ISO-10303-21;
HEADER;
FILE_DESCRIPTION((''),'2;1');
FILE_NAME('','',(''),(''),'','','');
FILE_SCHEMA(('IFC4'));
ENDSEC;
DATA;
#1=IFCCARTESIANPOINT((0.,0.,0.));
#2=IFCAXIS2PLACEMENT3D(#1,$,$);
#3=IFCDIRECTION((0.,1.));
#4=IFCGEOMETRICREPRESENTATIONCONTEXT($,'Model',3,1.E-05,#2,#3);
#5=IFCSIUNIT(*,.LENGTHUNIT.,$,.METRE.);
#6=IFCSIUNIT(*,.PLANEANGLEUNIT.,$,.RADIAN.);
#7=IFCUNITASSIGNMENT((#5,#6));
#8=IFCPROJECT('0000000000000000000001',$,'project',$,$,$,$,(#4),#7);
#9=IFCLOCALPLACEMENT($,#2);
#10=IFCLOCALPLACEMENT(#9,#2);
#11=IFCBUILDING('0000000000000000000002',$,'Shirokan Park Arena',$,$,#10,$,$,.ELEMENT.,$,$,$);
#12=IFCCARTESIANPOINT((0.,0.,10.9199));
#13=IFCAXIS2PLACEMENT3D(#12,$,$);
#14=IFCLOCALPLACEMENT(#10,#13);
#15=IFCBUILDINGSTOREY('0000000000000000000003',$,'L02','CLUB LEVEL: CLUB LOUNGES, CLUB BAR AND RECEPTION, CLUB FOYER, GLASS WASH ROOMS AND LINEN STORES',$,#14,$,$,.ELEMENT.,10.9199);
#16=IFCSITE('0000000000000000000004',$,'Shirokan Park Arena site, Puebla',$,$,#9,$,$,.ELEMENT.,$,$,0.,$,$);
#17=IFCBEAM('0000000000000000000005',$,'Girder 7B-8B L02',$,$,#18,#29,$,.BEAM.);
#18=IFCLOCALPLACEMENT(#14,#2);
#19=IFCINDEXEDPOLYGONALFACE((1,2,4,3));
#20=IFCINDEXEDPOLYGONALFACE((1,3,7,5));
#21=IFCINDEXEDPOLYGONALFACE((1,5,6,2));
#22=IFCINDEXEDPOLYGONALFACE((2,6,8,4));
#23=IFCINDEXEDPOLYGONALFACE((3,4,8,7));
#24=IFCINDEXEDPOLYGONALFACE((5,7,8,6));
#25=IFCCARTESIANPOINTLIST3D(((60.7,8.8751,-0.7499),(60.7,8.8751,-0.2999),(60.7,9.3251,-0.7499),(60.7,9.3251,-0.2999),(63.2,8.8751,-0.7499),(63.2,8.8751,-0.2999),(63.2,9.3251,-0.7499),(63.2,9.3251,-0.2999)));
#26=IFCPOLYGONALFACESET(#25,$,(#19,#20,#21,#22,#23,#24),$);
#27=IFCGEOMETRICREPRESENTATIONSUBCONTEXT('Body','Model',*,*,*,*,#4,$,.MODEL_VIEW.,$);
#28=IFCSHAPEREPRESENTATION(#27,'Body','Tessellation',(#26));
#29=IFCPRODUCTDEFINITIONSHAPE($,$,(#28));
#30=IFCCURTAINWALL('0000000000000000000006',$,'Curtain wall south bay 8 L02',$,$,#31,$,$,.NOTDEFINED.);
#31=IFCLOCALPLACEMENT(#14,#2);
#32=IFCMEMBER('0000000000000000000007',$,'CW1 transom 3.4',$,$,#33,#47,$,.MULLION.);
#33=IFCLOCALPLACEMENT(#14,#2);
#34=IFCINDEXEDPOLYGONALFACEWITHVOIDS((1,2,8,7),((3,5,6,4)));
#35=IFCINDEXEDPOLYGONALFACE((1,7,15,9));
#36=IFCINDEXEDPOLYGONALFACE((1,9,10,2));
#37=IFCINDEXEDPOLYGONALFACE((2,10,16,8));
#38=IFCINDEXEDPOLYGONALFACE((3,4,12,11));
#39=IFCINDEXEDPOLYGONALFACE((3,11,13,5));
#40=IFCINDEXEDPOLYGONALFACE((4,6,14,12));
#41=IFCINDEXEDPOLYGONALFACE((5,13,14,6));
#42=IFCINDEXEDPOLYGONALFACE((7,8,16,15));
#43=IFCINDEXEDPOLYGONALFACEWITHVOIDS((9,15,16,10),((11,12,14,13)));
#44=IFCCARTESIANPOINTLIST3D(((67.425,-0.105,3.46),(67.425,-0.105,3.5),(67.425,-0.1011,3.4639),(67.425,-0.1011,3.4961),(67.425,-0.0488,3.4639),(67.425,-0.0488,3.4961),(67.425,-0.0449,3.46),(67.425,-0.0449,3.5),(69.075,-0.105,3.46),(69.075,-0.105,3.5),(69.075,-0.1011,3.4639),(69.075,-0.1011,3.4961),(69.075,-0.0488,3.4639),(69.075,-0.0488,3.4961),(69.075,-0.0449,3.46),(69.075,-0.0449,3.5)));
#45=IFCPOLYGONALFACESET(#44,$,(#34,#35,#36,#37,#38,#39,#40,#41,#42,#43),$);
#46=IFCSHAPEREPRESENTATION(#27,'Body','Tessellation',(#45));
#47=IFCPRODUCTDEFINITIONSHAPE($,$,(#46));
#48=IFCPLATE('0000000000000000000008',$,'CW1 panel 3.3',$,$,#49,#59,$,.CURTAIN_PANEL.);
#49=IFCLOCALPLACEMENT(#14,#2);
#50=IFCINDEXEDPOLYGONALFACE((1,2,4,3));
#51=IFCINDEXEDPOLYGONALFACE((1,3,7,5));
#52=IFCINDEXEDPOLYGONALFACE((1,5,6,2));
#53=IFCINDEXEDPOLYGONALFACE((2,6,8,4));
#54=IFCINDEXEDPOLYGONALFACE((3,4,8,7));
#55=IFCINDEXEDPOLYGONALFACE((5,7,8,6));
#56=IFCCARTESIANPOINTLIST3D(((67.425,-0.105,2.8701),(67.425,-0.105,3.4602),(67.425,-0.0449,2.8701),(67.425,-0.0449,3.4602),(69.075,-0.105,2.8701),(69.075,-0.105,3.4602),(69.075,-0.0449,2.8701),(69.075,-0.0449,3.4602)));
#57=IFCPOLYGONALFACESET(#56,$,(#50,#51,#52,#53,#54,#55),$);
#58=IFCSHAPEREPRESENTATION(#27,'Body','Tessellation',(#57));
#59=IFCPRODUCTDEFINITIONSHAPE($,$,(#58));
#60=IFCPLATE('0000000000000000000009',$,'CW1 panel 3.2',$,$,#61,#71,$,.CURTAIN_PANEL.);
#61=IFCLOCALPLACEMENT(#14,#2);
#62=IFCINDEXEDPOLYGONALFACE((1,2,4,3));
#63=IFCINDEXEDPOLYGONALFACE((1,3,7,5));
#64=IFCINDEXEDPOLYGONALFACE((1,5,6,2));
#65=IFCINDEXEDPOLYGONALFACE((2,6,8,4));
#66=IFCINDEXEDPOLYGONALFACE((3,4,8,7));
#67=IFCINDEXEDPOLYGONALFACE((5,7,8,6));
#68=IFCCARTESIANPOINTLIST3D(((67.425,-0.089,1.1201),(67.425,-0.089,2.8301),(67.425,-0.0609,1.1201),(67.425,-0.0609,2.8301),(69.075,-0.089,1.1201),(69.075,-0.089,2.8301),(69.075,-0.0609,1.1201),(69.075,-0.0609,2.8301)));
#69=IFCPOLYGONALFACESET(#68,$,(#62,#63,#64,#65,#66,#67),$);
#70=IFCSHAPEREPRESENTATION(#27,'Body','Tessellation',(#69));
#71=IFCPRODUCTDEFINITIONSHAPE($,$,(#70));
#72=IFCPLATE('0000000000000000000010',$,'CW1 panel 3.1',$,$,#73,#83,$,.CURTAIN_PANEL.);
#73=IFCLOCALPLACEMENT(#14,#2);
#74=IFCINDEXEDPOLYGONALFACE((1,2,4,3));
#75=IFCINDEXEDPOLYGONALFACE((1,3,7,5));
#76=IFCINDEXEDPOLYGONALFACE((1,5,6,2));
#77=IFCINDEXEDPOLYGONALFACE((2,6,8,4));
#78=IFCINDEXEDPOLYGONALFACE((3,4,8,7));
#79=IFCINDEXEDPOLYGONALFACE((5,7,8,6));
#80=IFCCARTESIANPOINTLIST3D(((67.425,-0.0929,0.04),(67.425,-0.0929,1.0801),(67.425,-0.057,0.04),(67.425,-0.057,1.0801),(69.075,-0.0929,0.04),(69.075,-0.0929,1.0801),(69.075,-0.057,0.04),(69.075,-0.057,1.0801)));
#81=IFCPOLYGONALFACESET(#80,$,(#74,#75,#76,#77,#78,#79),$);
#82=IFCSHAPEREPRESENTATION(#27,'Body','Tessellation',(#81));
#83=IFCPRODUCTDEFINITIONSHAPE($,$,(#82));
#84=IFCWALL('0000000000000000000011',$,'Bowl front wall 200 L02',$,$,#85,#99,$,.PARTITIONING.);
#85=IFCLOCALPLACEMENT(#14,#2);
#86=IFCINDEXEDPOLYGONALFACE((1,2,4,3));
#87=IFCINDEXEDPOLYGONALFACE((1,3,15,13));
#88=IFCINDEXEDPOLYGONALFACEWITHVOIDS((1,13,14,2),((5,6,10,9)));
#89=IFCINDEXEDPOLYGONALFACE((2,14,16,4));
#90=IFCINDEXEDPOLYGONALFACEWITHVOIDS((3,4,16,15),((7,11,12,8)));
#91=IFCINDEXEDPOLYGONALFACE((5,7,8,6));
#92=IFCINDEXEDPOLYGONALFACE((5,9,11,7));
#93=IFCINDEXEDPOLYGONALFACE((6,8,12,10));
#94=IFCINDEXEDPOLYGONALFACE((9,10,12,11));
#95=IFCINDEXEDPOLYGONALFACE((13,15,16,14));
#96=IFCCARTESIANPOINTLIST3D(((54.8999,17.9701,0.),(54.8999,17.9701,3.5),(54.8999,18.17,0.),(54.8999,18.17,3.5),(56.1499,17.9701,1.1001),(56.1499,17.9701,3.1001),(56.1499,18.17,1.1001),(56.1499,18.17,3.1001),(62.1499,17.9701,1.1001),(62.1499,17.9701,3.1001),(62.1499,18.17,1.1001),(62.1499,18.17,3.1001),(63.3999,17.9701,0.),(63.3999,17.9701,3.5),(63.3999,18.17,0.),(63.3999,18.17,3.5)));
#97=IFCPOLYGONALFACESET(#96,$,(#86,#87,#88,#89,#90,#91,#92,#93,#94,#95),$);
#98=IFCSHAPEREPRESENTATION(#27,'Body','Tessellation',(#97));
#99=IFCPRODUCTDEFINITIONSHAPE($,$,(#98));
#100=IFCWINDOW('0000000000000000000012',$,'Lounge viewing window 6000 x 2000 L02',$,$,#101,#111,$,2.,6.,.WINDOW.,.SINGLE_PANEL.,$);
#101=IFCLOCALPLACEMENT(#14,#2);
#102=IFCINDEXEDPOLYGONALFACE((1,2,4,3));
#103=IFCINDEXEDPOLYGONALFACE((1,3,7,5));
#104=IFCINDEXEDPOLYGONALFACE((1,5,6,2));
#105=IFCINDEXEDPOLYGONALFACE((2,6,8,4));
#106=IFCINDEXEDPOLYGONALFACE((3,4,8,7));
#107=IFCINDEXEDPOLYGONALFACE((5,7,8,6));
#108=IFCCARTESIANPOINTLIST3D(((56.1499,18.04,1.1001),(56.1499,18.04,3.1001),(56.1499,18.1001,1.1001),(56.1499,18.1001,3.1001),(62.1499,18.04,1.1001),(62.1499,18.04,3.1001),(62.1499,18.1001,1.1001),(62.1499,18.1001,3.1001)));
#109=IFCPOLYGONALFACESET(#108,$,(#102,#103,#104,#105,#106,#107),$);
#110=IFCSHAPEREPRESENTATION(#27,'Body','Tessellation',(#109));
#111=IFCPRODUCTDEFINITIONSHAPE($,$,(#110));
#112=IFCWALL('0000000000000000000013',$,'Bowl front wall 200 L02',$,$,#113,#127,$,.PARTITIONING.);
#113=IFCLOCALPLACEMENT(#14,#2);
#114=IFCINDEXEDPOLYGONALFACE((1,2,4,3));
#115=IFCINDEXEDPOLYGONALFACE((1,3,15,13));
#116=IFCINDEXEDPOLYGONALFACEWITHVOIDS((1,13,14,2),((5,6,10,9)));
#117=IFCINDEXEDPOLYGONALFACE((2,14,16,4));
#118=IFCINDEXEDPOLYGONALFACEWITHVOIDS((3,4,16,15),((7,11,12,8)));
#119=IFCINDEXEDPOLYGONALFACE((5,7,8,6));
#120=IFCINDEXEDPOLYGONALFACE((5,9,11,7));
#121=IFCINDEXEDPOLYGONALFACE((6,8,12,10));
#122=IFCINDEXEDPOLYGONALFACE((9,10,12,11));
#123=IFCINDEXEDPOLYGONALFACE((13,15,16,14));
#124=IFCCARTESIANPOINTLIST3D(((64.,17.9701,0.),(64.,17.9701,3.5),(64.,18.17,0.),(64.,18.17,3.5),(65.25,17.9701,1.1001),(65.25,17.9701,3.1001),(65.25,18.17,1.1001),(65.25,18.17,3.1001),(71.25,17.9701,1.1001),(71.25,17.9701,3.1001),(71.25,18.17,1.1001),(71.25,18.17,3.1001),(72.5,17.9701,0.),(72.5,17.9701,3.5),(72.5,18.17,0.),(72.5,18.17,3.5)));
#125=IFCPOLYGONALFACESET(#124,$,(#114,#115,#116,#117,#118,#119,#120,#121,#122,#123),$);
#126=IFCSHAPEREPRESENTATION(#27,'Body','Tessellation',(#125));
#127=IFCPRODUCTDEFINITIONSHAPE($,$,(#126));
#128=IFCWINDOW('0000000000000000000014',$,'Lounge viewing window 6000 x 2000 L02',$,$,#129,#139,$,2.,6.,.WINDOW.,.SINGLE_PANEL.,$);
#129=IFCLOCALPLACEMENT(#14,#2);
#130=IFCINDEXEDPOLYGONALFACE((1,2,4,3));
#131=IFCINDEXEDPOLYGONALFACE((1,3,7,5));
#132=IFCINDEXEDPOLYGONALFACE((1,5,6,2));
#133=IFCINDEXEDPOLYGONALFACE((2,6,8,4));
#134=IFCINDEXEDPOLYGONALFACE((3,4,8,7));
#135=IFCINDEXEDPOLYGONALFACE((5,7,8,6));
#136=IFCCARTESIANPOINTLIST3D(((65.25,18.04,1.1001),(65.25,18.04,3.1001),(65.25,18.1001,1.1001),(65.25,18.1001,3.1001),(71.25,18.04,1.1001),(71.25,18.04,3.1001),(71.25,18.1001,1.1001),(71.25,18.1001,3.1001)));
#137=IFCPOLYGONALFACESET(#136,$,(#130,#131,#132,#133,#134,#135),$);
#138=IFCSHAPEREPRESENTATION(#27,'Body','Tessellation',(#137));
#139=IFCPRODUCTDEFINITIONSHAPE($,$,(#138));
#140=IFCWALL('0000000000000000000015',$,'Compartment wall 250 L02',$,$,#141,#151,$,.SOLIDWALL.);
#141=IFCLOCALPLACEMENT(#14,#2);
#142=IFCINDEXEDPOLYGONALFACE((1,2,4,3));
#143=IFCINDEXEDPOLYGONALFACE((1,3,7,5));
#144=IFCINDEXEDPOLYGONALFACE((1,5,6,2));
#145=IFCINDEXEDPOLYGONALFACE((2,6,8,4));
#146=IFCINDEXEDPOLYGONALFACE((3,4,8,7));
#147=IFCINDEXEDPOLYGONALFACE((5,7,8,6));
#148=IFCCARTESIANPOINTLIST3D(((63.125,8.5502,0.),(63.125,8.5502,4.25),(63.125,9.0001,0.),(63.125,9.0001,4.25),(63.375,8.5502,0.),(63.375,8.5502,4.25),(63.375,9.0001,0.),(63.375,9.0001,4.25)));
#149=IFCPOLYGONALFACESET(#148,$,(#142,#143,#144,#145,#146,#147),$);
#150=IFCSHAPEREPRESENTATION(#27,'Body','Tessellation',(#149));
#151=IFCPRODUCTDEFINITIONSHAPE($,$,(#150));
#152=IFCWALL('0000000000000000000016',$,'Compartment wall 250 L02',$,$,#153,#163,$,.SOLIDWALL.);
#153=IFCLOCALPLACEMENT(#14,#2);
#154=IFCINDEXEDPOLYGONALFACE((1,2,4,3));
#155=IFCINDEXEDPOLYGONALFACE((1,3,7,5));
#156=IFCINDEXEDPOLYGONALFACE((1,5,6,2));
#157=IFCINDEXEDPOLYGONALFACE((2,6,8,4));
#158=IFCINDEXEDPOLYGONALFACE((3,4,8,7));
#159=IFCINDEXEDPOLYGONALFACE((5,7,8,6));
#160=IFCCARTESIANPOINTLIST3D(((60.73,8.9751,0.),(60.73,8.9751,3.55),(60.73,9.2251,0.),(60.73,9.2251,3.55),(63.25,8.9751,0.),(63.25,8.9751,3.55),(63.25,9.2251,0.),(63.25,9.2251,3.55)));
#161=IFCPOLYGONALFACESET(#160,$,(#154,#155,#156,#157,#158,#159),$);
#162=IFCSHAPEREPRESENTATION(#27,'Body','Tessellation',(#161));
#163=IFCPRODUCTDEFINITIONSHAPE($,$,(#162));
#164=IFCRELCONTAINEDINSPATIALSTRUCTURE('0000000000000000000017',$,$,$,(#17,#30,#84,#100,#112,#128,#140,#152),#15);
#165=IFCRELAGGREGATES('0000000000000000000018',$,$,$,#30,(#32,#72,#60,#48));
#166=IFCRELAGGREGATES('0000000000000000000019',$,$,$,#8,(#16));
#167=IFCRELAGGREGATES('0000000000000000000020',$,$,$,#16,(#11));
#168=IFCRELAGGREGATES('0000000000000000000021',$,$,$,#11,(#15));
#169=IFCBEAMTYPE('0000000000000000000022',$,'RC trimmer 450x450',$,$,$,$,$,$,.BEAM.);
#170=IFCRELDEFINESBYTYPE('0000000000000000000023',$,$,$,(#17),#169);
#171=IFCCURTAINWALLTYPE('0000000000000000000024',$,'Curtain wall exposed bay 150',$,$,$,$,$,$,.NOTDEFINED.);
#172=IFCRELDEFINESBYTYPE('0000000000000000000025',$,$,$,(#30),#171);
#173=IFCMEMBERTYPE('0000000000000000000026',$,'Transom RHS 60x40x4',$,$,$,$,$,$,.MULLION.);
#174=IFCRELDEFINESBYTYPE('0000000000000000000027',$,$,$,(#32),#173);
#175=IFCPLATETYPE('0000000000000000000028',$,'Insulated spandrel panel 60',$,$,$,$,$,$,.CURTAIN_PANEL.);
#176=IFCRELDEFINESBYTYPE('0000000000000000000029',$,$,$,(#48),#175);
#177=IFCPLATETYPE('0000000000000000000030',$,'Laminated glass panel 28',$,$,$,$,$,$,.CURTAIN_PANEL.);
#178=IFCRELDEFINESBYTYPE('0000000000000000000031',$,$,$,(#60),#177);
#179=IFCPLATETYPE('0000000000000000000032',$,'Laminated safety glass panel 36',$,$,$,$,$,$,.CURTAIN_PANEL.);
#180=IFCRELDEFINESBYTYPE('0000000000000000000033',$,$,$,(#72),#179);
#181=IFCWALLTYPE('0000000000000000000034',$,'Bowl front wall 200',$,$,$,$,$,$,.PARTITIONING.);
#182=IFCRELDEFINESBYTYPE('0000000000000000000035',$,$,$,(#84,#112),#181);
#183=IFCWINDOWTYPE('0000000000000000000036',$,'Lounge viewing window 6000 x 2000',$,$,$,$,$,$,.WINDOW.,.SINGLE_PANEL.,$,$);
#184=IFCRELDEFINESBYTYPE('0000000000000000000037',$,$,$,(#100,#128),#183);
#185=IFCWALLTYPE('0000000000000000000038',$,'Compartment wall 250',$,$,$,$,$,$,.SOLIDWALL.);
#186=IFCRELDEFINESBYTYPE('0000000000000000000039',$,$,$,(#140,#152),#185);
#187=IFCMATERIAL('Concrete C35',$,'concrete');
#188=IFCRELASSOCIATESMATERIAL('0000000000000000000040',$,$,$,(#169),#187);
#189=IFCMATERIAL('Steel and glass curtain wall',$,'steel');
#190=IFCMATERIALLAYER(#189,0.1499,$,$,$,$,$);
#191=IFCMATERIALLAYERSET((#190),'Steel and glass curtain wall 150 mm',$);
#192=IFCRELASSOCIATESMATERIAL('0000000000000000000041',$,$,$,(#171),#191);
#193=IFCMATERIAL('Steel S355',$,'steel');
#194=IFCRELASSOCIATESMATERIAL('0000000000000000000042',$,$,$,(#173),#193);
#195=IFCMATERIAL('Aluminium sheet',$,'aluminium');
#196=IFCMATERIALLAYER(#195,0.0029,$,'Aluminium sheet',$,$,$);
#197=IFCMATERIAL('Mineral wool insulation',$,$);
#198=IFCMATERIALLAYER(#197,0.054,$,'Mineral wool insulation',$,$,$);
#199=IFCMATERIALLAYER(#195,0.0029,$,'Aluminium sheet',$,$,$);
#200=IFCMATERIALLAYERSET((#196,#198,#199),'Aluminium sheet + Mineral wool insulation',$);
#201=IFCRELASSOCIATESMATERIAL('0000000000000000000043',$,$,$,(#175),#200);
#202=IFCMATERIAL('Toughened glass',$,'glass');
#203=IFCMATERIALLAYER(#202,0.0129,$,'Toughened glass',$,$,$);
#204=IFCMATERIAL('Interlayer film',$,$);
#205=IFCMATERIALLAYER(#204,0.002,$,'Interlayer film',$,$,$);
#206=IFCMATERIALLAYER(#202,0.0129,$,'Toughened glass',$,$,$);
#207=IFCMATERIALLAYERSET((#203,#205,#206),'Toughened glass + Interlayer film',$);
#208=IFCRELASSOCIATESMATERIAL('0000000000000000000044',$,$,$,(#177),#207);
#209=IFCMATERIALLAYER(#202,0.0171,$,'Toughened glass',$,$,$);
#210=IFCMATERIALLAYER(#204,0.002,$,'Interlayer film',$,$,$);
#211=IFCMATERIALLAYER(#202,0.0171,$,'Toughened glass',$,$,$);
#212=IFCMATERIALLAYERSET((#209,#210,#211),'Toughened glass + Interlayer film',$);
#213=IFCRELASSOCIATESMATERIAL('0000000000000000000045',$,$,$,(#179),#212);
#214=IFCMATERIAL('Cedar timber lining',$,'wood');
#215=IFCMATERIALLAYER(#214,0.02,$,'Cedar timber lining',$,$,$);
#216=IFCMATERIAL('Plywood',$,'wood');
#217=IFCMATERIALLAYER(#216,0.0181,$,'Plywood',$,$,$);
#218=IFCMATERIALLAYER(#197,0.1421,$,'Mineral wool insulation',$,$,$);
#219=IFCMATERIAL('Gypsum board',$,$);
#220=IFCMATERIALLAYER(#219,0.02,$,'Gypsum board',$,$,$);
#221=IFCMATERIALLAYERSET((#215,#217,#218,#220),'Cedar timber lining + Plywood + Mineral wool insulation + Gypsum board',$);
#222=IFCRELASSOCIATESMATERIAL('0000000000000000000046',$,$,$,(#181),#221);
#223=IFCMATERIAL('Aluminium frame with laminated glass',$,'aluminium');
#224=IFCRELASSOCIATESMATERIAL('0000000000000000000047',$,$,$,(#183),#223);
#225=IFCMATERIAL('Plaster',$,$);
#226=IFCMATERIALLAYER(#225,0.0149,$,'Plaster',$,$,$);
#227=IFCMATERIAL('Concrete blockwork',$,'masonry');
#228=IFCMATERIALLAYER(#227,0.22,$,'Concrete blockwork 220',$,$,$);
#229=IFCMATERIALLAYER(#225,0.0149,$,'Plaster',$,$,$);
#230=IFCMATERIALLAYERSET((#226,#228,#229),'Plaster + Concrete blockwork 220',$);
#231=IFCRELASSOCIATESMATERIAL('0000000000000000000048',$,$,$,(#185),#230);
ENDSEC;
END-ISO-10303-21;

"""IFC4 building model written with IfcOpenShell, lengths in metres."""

from ifc_helpers import new_model, si_unit, direction, frame, frame_2d, origin, origin_2d, place, context, subcontext, project, spatial, rectangle, hollow_rectangle, extrude, material, layer, layer_set, material_profile, profile_set, type_object, element, fill, aggregate, save


model = new_model("IFC4")

# Units and contexts
model_context = context("Model", 3, precision=1e-05, world=origin(), true_north=direction((0.0, 1.0)))
body_context = subcontext(model_context, "Body", "Model", "MODEL_VIEW")
ifc_project = project(units=[si_unit("LENGTHUNIT", "METRE"), si_unit("PLANEANGLEUNIT", "RADIAN")], contexts=[model_context])

# Site, building, storey
site_placement = place(None, origin())
site = spatial("IfcSite", under=ifc_project, at=site_placement, Name="Shirokan Park Arena site, Puebla", CompositionType="ELEMENT", RefElevation=0.0)
building_placement = place(site_placement, origin())
building = spatial("IfcBuilding", under=site, at=building_placement, Name="Shirokan Park Arena", CompositionType="ELEMENT")
storey_placement = place(building_placement, frame((0.0, 0.0, 10.9199)))
storey = spatial("IfcBuildingStorey", under=building, at=storey_placement, Name="L02", Description="CLUB LEVEL: CLUB LOUNGES, CLUB BAR AND RECEPTION, CLUB FOYER, GLASS WASH ROOMS AND LINEN STORES", CompositionType="ELEMENT", Elevation=10.9199)

# Shared definitions
ifc_material_1 = material(Name="Concrete C35", Category="concrete")

# Beam
ifc_material_profile_1 = material_profile(ifc_material_1, rectangle(XDim=0.45, YDim=0.45, at=origin_2d()), Name="450x450")
ifc_profile_set_1 = profile_set([ifc_material_profile_1], Name="Concrete C35")
beam_type_1 = type_object("IfcBeamType", Name="RC trimmer 450x450", PredefinedType="BEAM", material=ifc_profile_set_1)
beam_1_placement = place(storey_placement, frame((60.7, 9.1001, -0.5249), z_axis=(1.0, 0.0, 0.0), x_axis=(0.0, 1.0, 0.0)))
element("IfcBeam", 1, at=beam_1_placement, inside=storey, type_object=beam_type_1, Name="Girder 7B-8B L02", PredefinedType="BEAM", context=body_context, shape_type="SweptSolid", body=[
    extrude(rectangle(XDim=0.45, YDim=0.45, at=origin_2d()), origin(), (0.0, 0.0, 1.0), 2.5),
])

# Curtain wall, member, plates
ifc_material_2 = material(Name="Steel and glass curtain wall", Category="steel")
ifc_layer_1 = layer(ifc_material_2, 0.1499)
ifc_layer_set_1 = layer_set([ifc_layer_1], Name="Steel and glass curtain wall 150 mm")
curtain_wall_type = type_object("IfcCurtainWallType", Name="Curtain wall exposed bay 150", PredefinedType="NOTDEFINED", material=ifc_layer_set_1)
curtain_wall_placement = place(storey_placement, origin())
curtain_wall = element("IfcCurtainWall", 2, at=curtain_wall_placement, inside=storey, type_object=curtain_wall_type, Name="Curtain wall south bay 8 L02", PredefinedType="NOTDEFINED")
ifc_material_3 = material(Name="Steel S355", Category="steel")
ifc_material_profile_2 = material_profile(ifc_material_3, hollow_rectangle(XDim=0.0601, YDim=0.04, WallThickness=0.0039, at=origin_2d()), Name="RHS 60x40x4")
ifc_profile_set_2 = profile_set([ifc_material_profile_2], Name="Steel S355")
member_type = type_object("IfcMemberType", Name="Transom RHS 60x40x4", PredefinedType="MULLION", material=ifc_profile_set_2)
member_placement = place(storey_placement, frame((67.425, -0.075, 3.48), z_axis=(1.0, 0.0, 0.0), x_axis=(0.0, 1.0, 0.0)))
member = element("IfcMember", 3, at=member_placement, type_object=member_type, Name="CW1 transom 3.4", PredefinedType="MULLION", context=body_context, shape_type="SweptSolid", body=[
    extrude(hollow_rectangle(XDim=0.0601, YDim=0.04, WallThickness=0.0039, at=origin_2d()), origin(), (0.0, 0.0, 1.0), 1.6499),
])
ifc_material_4 = material(Name="Aluminium sheet", Category="aluminium")
ifc_layer_2 = layer(ifc_material_4, 0.0029, Name="Aluminium sheet")
ifc_material_5 = material(Name="Mineral wool insulation")
ifc_layer_3 = layer(ifc_material_5, 0.054, Name="Mineral wool insulation")
ifc_layer_4 = layer(ifc_material_4, 0.0029, Name="Aluminium sheet")
ifc_layer_set_2 = layer_set([ifc_layer_2, ifc_layer_3, ifc_layer_4], Name="Aluminium sheet + Mineral wool insulation")
plate_type_1 = type_object("IfcPlateType", Name="Insulated spandrel panel 60", PredefinedType="CURTAIN_PANEL", material=ifc_layer_set_2)
plate_1_placement = place(storey_placement, frame((68.25, -0.075, 2.8701), z_axis=(0.0, 0.0, 1.0), x_axis=(1.0, 0.0, 0.0)))
plate_1 = element("IfcPlate", 4, at=plate_1_placement, type_object=plate_type_1, Name="CW1 panel 3.3", PredefinedType="CURTAIN_PANEL", context=body_context, shape_type="SweptSolid", body=[
    extrude(rectangle(XDim=1.6499, YDim=0.0601, at=origin_2d()), origin(), (0.0, 0.0, 1.0), 0.5901),
])
ifc_material_6 = material(Name="Toughened glass", Category="glass")
ifc_layer_5 = layer(ifc_material_6, 0.0129, Name="Toughened glass")
ifc_material_7 = material(Name="Interlayer film")
ifc_layer_6 = layer(ifc_material_7, 0.002, Name="Interlayer film")
ifc_layer_7 = layer(ifc_material_6, 0.0129, Name="Toughened glass")
ifc_layer_set_3 = layer_set([ifc_layer_5, ifc_layer_6, ifc_layer_7], Name="Toughened glass + Interlayer film")
plate_type_2 = type_object("IfcPlateType", Name="Laminated glass panel 28", PredefinedType="CURTAIN_PANEL", material=ifc_layer_set_3)
plate_2_placement = place(storey_placement, frame((68.25, -0.075, 1.1201), z_axis=(0.0, 0.0, 1.0), x_axis=(1.0, 0.0, 0.0)))
plate_2 = element("IfcPlate", 5, at=plate_2_placement, type_object=plate_type_2, Name="CW1 panel 3.2", PredefinedType="CURTAIN_PANEL", context=body_context, shape_type="SweptSolid", body=[
    extrude(rectangle(XDim=1.6499, YDim=0.0281, at=origin_2d()), origin(), (0.0, 0.0, 1.0), 1.71),
])
ifc_layer_8 = layer(ifc_material_6, 0.0171, Name="Toughened glass")
ifc_layer_9 = layer(ifc_material_7, 0.002, Name="Interlayer film")
ifc_layer_10 = layer(ifc_material_6, 0.0171, Name="Toughened glass")
ifc_layer_set_4 = layer_set([ifc_layer_8, ifc_layer_9, ifc_layer_10], Name="Toughened glass + Interlayer film")
plate_type_3 = type_object("IfcPlateType", Name="Laminated safety glass panel 36", PredefinedType="CURTAIN_PANEL", material=ifc_layer_set_4)
plate_3_placement = place(storey_placement, frame((68.25, -0.075, 0.04), z_axis=(0.0, 0.0, 1.0), x_axis=(1.0, 0.0, 0.0)))
plate_3 = element("IfcPlate", 6, at=plate_3_placement, type_object=plate_type_3, Name="CW1 panel 3.1", PredefinedType="CURTAIN_PANEL", context=body_context, shape_type="SweptSolid", body=[
    extrude(rectangle(XDim=1.6499, YDim=0.0359, at=origin_2d()), origin(), (0.0, 0.0, 1.0), 1.04),
])
aggregate(curtain_wall, [member, plate_3, plate_2, plate_1])

# Walls, openings, windows
ifc_material_8 = material(Name="Cedar timber lining", Category="wood")
ifc_layer_11 = layer(ifc_material_8, 0.02, Name="Cedar timber lining")
ifc_material_9 = material(Name="Plywood", Category="wood")
ifc_layer_12 = layer(ifc_material_9, 0.0181, Name="Plywood")
ifc_layer_13 = layer(ifc_material_5, 0.1421, Name="Mineral wool insulation")
ifc_material_10 = material(Name="Gypsum board")
ifc_layer_14 = layer(ifc_material_10, 0.02, Name="Gypsum board")
ifc_layer_set_5 = layer_set([ifc_layer_11, ifc_layer_12, ifc_layer_13, ifc_layer_14], Name="Cedar timber lining + Plywood + Mineral wool insulation + Gypsum board")
wall_type_1 = type_object("IfcWallType", Name="Bowl front wall 200", PredefinedType="PARTITIONING", material=ifc_layer_set_5)
wall_1_placement = place(storey_placement, frame((54.8999, 18.0701, 0.0), z_axis=(0.0, 0.0, 1.0), x_axis=(1.0, 0.0, 0.0)))
wall_1 = element("IfcWall", 7, at=wall_1_placement, inside=storey, type_object=wall_type_1, Name="Bowl front wall 200 L02", PredefinedType="PARTITIONING", context=body_context, shape_type="SweptSolid", body=[
    extrude(rectangle(XDim=8.5, YDim=0.2, at=frame_2d((4.25, 0.0))), origin(), (0.0, 0.0, 1.0), 3.5),
])
opening_1_placement = place(wall_1_placement, frame((1.25, 0.0, 1.1001)))
opening_1 = element("IfcOpeningElement", 8, at=opening_1_placement, cuts=wall_1, PredefinedType="OPENING", context=body_context, shape_type="SweptSolid", body=[
    extrude(rectangle(XDim=6.0, YDim=2.0, at=frame_2d((3.0, 1.0))), frame((0.0, 0.1099, 0.0), z_axis=(0.0, -1.0, 0.0), x_axis=(1.0, 0.0, 0.0)), (0.0, 0.0, 1.0), 0.22),
])
ifc_material_11 = material(Name="Aluminium frame with laminated glass", Category="aluminium")
window_type = type_object("IfcWindowType", Name="Lounge viewing window 6000 x 2000", PartitioningType="SINGLE_PANEL", PredefinedType="WINDOW", material=ifc_material_11)
window_1_placement = place(opening_1_placement, origin())
window_1 = element("IfcWindow", 9, at=window_1_placement, inside=storey, type_object=window_type, Name="Lounge viewing window 6000 x 2000 L02", OverallHeight=2.0, OverallWidth=6.0, PartitioningType="SINGLE_PANEL", PredefinedType="WINDOW", context=body_context, shape_type="SweptSolid", body=[
    extrude(rectangle(XDim=6.0, YDim=2.0, at=frame_2d((3.0, 1.0))), frame((0.0, 0.03, 0.0), z_axis=(0.0, -1.0, 0.0), x_axis=(1.0, 0.0, 0.0)), (0.0, 0.0, 1.0), 0.0601),
])
fill(opening_1, window_1)
wall_2_placement = place(storey_placement, frame((64.0, 18.0701, 0.0), z_axis=(0.0, 0.0, 1.0), x_axis=(1.0, 0.0, 0.0)))
wall_2 = element("IfcWall", 10, at=wall_2_placement, inside=storey, type_object=wall_type_1, Name="Bowl front wall 200 L02", PredefinedType="PARTITIONING", context=body_context, shape_type="SweptSolid", body=[
    extrude(rectangle(XDim=8.5, YDim=0.2, at=frame_2d((4.25, 0.0))), origin(), (0.0, 0.0, 1.0), 3.5),
])
opening_2_placement = place(wall_2_placement, frame((1.25, 0.0, 1.1001)))
opening_2 = element("IfcOpeningElement", 11, at=opening_2_placement, cuts=wall_2, PredefinedType="OPENING", context=body_context, shape_type="SweptSolid", body=[
    extrude(rectangle(XDim=6.0, YDim=2.0, at=frame_2d((3.0, 1.0))), frame((0.0, 0.1099, 0.0), z_axis=(0.0, -1.0, 0.0), x_axis=(1.0, 0.0, 0.0)), (0.0, 0.0, 1.0), 0.22),
])
window_2_placement = place(opening_2_placement, origin())
window_2 = element("IfcWindow", 12, at=window_2_placement, inside=storey, type_object=window_type, Name="Lounge viewing window 6000 x 2000 L02", OverallHeight=2.0, OverallWidth=6.0, PartitioningType="SINGLE_PANEL", PredefinedType="WINDOW", context=body_context, shape_type="SweptSolid", body=[
    extrude(rectangle(XDim=6.0, YDim=2.0, at=frame_2d((3.0, 1.0))), frame((0.0, 0.03, 0.0), z_axis=(0.0, -1.0, 0.0), x_axis=(1.0, 0.0, 0.0)), (0.0, 0.0, 1.0), 0.0601),
])
fill(opening_2, window_2)

# Walls
ifc_material_12 = material(Name="Plaster")
ifc_layer_15 = layer(ifc_material_12, 0.0149, Name="Plaster")
ifc_material_13 = material(Name="Concrete blockwork", Category="masonry")
ifc_layer_16 = layer(ifc_material_13, 0.22, Name="Concrete blockwork 220")
ifc_layer_17 = layer(ifc_material_12, 0.0149, Name="Plaster")
ifc_layer_set_6 = layer_set([ifc_layer_15, ifc_layer_16, ifc_layer_17], Name="Plaster + Concrete blockwork 220")
wall_type_2 = type_object("IfcWallType", Name="Compartment wall 250", PredefinedType="SOLIDWALL", material=ifc_layer_set_6)
wall_3_placement = place(storey_placement, frame((63.25, 8.55, 0.0), z_axis=(0.0, 0.0, 1.0), x_axis=(0.0, 1.0, 0.0)))
element("IfcWall", 13, at=wall_3_placement, inside=storey, type_object=wall_type_2, Name="Compartment wall 250 L02", PredefinedType="SOLIDWALL", context=body_context, shape_type="SweptSolid", body=[
    extrude(rectangle(XDim=0.45, YDim=0.25, at=frame_2d((0.2251, 0.0))), origin(), (0.0, 0.0, 1.0), 4.25),
])
wall_4_placement = place(storey_placement, frame((63.25, 9.1001, 0.0), z_axis=(0.0, 0.0, 1.0), x_axis=(-1.0, 0.0, 0.0)))
element("IfcWall", 14, at=wall_4_placement, inside=storey, type_object=wall_type_2, Name="Compartment wall 250 L02", PredefinedType="SOLIDWALL", context=body_context, shape_type="SweptSolid", body=[
    extrude(rectangle(XDim=2.52, YDim=0.25, at=frame_2d((1.26, 0.0))), origin(), (0.0, 0.0, 1.0), 3.55),
])

save(model, "model.ifc")
